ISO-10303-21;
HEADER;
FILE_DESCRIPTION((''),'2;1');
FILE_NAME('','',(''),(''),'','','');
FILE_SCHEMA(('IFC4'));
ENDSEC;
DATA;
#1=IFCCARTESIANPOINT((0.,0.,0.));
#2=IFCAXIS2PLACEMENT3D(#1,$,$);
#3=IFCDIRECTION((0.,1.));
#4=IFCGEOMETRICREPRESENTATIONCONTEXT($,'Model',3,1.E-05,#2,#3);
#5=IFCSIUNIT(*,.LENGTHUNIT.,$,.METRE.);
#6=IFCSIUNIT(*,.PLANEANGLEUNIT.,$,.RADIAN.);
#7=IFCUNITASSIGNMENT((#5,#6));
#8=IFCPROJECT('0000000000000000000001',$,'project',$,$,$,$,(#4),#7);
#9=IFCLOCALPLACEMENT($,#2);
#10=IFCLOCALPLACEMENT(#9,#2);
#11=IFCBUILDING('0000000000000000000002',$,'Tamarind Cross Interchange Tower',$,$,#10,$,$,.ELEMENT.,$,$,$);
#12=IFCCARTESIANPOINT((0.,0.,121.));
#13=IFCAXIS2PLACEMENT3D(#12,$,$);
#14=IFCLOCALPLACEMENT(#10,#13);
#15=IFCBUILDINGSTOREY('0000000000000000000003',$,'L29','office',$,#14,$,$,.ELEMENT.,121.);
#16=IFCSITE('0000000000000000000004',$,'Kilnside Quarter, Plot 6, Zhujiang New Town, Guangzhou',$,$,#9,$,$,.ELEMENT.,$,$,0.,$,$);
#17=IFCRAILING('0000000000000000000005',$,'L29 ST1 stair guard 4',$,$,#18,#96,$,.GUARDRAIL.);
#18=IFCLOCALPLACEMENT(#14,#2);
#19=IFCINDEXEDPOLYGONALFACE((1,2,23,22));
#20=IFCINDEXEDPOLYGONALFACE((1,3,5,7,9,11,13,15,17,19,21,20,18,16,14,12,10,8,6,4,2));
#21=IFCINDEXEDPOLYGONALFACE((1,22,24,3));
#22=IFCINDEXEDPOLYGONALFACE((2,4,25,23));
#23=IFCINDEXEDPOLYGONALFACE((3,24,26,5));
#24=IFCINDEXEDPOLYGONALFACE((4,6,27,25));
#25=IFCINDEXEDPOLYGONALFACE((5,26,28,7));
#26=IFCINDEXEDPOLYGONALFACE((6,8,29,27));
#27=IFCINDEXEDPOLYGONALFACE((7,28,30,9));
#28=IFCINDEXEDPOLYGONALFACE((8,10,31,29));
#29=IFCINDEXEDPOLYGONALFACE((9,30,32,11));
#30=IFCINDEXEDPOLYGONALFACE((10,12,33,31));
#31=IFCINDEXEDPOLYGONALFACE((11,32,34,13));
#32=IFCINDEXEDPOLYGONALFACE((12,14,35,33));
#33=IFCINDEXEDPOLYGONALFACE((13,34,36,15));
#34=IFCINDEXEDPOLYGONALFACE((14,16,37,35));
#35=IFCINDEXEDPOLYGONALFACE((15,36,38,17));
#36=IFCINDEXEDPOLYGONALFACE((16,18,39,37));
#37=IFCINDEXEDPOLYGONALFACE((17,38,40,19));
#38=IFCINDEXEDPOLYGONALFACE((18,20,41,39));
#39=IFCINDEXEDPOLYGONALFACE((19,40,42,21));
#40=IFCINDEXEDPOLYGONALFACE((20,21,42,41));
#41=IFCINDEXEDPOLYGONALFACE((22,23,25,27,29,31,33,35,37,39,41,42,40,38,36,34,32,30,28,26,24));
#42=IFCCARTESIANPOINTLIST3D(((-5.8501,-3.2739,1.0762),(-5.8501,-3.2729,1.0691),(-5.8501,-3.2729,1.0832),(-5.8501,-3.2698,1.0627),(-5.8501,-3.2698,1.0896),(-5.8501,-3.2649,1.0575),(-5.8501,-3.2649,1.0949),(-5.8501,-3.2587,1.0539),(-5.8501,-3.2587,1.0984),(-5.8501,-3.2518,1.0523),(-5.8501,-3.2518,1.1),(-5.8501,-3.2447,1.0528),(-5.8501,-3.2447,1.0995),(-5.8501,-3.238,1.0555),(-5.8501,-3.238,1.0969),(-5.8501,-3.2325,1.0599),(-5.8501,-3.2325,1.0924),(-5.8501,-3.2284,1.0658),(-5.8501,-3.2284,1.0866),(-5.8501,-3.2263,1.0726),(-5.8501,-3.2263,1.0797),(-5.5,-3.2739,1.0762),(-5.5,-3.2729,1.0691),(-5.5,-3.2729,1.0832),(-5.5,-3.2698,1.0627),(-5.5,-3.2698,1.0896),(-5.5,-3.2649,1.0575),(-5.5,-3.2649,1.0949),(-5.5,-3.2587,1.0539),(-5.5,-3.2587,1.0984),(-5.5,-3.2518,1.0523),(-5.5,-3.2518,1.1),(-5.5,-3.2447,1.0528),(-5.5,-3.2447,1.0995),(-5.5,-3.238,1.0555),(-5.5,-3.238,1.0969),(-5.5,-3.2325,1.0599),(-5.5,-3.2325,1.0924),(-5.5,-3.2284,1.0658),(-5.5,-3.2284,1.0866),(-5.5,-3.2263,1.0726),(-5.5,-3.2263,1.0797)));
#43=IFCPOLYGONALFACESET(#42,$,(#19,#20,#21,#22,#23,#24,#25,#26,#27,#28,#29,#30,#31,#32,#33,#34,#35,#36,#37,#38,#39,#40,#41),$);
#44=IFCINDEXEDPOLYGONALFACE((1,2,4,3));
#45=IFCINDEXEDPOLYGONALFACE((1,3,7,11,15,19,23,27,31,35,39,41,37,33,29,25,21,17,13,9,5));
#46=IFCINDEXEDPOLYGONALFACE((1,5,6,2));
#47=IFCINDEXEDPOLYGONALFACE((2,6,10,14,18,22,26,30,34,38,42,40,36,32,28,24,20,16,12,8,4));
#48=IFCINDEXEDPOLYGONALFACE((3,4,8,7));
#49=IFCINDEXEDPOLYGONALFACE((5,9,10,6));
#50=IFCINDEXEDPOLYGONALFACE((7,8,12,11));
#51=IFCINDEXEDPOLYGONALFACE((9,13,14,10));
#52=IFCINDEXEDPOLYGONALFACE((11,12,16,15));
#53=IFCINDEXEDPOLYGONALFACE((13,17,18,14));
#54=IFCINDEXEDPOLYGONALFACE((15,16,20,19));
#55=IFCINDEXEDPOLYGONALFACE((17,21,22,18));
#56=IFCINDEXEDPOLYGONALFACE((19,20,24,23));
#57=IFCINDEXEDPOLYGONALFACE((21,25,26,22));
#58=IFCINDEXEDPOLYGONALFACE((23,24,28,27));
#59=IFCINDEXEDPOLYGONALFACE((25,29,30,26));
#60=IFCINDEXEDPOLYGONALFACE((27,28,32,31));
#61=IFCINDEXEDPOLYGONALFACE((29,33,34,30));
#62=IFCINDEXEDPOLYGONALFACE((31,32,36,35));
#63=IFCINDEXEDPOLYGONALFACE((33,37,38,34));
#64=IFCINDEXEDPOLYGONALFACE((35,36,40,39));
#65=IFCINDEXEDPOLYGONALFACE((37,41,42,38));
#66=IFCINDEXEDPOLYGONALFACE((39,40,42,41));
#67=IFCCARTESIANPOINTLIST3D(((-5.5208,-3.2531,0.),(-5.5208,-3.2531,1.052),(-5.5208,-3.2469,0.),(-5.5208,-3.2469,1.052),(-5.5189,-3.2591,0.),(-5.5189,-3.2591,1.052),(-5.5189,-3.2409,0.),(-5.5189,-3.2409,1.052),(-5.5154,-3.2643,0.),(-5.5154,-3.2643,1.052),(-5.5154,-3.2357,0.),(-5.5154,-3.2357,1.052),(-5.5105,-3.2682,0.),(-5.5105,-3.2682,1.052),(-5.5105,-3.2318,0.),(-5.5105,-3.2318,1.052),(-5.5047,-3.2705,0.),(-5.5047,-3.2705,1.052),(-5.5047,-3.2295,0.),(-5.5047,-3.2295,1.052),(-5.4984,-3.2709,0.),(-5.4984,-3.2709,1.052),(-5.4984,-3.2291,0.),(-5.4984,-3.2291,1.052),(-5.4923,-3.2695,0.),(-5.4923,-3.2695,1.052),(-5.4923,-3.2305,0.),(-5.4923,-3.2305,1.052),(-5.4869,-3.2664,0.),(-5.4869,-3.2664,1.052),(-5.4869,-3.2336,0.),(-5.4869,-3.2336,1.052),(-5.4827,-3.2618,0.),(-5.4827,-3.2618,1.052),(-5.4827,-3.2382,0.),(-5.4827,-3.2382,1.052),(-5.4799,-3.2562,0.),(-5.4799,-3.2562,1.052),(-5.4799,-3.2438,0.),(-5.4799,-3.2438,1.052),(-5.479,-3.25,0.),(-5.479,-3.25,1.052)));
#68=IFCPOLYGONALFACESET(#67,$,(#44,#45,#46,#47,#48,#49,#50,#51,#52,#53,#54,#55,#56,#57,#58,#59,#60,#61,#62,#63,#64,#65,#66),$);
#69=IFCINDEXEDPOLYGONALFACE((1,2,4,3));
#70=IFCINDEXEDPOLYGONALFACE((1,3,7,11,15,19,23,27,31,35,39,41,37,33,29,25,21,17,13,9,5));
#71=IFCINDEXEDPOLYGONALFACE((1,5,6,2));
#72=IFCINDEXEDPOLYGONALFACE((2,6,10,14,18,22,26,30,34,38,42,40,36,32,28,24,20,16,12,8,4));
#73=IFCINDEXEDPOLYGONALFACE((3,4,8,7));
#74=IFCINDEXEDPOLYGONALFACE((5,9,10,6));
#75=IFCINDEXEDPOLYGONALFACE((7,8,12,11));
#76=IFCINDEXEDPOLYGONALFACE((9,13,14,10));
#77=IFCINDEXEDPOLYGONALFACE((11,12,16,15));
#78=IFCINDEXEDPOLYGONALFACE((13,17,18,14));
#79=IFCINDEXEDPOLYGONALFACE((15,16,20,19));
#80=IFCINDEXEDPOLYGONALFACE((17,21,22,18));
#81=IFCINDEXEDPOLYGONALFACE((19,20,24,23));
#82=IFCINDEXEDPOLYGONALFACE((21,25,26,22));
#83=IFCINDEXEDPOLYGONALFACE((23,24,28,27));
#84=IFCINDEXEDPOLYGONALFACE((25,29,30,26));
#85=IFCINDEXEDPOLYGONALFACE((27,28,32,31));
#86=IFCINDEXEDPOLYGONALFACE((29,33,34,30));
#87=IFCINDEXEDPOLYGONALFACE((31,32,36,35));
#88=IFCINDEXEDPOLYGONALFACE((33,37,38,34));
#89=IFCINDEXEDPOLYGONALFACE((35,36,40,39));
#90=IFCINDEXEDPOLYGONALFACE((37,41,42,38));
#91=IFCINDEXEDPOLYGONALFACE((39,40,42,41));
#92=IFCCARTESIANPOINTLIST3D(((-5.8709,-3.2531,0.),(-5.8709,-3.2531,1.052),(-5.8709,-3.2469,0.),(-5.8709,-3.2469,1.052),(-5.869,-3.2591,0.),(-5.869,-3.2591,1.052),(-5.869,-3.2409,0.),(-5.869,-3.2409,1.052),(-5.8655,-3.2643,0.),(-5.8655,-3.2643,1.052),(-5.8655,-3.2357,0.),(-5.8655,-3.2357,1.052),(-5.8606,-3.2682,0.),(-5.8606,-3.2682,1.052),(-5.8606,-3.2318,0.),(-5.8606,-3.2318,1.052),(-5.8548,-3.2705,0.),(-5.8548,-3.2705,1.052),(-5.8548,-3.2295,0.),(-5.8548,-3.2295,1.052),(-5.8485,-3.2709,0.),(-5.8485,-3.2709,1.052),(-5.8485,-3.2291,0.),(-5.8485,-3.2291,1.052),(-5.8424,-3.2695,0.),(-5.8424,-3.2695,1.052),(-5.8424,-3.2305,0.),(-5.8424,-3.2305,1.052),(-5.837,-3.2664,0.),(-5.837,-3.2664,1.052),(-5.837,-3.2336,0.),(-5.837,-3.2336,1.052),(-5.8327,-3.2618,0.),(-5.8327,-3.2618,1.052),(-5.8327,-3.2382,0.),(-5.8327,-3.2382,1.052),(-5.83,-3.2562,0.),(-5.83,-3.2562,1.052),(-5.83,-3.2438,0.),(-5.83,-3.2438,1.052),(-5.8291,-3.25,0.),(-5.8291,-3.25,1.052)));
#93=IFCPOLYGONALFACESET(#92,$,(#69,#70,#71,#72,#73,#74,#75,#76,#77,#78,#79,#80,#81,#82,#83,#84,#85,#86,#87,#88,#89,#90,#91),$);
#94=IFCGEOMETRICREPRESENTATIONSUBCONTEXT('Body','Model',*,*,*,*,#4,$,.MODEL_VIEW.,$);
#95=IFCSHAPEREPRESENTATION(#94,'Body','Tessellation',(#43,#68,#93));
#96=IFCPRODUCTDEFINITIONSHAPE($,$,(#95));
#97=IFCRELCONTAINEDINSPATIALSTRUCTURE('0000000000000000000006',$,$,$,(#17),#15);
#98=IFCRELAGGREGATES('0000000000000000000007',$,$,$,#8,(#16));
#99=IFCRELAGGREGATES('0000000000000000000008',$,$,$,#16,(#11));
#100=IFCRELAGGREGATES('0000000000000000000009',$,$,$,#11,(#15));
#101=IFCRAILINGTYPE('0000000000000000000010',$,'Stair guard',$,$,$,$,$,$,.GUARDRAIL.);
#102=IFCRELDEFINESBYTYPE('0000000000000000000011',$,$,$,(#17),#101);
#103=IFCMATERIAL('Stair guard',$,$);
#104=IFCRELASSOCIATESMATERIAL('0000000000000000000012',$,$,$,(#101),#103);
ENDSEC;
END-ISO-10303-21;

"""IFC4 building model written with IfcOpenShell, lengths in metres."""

from ifc_helpers import new_model, si_unit, direction, frame, origin, origin_2d, place, context, subcontext, project, spatial, circle, extrude, material, type_object, element, save


model = new_model("IFC4")

# Units and contexts
model_context = context("Model", 3, precision=1e-05, world=origin(), true_north=direction((0.0, 1.0)))
body_context = subcontext(model_context, "Body", "Model", "MODEL_VIEW")
ifc_project = project(units=[si_unit("LENGTHUNIT", "METRE"), si_unit("PLANEANGLEUNIT", "RADIAN")], contexts=[model_context])

# Site, building, storey
site_placement = place(None, origin())
site = spatial("IfcSite", under=ifc_project, at=site_placement, Name="Kilnside Quarter, Plot 6, Zhujiang New Town, Guangzhou", CompositionType="ELEMENT", RefElevation=0.0)
building_placement = place(site_placement, origin())
building = spatial("IfcBuilding", under=site, at=building_placement, Name="Tamarind Cross Interchange Tower", CompositionType="ELEMENT")
storey_placement = place(building_placement, frame((0.0, 0.0, 121.0)))
storey = spatial("IfcBuildingStorey", under=building, at=storey_placement, Name="L29", Description="office", CompositionType="ELEMENT", Elevation=121.0)

# Railing
ifc_material_1 = material(Name="Stair guard")
railing_type_1 = type_object("IfcRailingType", Name="Stair guard", PredefinedType="GUARDRAIL", material=ifc_material_1)
railing_1_placement = place(storey_placement, frame((-5.5, -3.25, 0.0)))
element("IfcRailing", 1, at=railing_1_placement, inside=storey, type_object=railing_type_1, Name="L29 ST1 stair guard 4", PredefinedType="GUARDRAIL", context=body_context, shape_type="SweptSolid", body=[
    extrude(circle(Radius=0.0239, at=origin_2d()), frame((0.0, 0.0, 1.0762), z_axis=(-1.0, 0.0, 0.0), x_axis=(0.0, -1.0, 0.0)), (0.0, 0.0, 1.0), 0.3501),
    extrude(circle(Radius=0.021, at=origin_2d()), origin(), (0.0, 0.0, 1.0), 1.052),
    extrude(circle(Radius=0.021, at=origin_2d()), frame((-0.3501, 0.0, 0.0)), (0.0, 0.0, 1.0), 1.052),
])

save(model, "model.ifc")
